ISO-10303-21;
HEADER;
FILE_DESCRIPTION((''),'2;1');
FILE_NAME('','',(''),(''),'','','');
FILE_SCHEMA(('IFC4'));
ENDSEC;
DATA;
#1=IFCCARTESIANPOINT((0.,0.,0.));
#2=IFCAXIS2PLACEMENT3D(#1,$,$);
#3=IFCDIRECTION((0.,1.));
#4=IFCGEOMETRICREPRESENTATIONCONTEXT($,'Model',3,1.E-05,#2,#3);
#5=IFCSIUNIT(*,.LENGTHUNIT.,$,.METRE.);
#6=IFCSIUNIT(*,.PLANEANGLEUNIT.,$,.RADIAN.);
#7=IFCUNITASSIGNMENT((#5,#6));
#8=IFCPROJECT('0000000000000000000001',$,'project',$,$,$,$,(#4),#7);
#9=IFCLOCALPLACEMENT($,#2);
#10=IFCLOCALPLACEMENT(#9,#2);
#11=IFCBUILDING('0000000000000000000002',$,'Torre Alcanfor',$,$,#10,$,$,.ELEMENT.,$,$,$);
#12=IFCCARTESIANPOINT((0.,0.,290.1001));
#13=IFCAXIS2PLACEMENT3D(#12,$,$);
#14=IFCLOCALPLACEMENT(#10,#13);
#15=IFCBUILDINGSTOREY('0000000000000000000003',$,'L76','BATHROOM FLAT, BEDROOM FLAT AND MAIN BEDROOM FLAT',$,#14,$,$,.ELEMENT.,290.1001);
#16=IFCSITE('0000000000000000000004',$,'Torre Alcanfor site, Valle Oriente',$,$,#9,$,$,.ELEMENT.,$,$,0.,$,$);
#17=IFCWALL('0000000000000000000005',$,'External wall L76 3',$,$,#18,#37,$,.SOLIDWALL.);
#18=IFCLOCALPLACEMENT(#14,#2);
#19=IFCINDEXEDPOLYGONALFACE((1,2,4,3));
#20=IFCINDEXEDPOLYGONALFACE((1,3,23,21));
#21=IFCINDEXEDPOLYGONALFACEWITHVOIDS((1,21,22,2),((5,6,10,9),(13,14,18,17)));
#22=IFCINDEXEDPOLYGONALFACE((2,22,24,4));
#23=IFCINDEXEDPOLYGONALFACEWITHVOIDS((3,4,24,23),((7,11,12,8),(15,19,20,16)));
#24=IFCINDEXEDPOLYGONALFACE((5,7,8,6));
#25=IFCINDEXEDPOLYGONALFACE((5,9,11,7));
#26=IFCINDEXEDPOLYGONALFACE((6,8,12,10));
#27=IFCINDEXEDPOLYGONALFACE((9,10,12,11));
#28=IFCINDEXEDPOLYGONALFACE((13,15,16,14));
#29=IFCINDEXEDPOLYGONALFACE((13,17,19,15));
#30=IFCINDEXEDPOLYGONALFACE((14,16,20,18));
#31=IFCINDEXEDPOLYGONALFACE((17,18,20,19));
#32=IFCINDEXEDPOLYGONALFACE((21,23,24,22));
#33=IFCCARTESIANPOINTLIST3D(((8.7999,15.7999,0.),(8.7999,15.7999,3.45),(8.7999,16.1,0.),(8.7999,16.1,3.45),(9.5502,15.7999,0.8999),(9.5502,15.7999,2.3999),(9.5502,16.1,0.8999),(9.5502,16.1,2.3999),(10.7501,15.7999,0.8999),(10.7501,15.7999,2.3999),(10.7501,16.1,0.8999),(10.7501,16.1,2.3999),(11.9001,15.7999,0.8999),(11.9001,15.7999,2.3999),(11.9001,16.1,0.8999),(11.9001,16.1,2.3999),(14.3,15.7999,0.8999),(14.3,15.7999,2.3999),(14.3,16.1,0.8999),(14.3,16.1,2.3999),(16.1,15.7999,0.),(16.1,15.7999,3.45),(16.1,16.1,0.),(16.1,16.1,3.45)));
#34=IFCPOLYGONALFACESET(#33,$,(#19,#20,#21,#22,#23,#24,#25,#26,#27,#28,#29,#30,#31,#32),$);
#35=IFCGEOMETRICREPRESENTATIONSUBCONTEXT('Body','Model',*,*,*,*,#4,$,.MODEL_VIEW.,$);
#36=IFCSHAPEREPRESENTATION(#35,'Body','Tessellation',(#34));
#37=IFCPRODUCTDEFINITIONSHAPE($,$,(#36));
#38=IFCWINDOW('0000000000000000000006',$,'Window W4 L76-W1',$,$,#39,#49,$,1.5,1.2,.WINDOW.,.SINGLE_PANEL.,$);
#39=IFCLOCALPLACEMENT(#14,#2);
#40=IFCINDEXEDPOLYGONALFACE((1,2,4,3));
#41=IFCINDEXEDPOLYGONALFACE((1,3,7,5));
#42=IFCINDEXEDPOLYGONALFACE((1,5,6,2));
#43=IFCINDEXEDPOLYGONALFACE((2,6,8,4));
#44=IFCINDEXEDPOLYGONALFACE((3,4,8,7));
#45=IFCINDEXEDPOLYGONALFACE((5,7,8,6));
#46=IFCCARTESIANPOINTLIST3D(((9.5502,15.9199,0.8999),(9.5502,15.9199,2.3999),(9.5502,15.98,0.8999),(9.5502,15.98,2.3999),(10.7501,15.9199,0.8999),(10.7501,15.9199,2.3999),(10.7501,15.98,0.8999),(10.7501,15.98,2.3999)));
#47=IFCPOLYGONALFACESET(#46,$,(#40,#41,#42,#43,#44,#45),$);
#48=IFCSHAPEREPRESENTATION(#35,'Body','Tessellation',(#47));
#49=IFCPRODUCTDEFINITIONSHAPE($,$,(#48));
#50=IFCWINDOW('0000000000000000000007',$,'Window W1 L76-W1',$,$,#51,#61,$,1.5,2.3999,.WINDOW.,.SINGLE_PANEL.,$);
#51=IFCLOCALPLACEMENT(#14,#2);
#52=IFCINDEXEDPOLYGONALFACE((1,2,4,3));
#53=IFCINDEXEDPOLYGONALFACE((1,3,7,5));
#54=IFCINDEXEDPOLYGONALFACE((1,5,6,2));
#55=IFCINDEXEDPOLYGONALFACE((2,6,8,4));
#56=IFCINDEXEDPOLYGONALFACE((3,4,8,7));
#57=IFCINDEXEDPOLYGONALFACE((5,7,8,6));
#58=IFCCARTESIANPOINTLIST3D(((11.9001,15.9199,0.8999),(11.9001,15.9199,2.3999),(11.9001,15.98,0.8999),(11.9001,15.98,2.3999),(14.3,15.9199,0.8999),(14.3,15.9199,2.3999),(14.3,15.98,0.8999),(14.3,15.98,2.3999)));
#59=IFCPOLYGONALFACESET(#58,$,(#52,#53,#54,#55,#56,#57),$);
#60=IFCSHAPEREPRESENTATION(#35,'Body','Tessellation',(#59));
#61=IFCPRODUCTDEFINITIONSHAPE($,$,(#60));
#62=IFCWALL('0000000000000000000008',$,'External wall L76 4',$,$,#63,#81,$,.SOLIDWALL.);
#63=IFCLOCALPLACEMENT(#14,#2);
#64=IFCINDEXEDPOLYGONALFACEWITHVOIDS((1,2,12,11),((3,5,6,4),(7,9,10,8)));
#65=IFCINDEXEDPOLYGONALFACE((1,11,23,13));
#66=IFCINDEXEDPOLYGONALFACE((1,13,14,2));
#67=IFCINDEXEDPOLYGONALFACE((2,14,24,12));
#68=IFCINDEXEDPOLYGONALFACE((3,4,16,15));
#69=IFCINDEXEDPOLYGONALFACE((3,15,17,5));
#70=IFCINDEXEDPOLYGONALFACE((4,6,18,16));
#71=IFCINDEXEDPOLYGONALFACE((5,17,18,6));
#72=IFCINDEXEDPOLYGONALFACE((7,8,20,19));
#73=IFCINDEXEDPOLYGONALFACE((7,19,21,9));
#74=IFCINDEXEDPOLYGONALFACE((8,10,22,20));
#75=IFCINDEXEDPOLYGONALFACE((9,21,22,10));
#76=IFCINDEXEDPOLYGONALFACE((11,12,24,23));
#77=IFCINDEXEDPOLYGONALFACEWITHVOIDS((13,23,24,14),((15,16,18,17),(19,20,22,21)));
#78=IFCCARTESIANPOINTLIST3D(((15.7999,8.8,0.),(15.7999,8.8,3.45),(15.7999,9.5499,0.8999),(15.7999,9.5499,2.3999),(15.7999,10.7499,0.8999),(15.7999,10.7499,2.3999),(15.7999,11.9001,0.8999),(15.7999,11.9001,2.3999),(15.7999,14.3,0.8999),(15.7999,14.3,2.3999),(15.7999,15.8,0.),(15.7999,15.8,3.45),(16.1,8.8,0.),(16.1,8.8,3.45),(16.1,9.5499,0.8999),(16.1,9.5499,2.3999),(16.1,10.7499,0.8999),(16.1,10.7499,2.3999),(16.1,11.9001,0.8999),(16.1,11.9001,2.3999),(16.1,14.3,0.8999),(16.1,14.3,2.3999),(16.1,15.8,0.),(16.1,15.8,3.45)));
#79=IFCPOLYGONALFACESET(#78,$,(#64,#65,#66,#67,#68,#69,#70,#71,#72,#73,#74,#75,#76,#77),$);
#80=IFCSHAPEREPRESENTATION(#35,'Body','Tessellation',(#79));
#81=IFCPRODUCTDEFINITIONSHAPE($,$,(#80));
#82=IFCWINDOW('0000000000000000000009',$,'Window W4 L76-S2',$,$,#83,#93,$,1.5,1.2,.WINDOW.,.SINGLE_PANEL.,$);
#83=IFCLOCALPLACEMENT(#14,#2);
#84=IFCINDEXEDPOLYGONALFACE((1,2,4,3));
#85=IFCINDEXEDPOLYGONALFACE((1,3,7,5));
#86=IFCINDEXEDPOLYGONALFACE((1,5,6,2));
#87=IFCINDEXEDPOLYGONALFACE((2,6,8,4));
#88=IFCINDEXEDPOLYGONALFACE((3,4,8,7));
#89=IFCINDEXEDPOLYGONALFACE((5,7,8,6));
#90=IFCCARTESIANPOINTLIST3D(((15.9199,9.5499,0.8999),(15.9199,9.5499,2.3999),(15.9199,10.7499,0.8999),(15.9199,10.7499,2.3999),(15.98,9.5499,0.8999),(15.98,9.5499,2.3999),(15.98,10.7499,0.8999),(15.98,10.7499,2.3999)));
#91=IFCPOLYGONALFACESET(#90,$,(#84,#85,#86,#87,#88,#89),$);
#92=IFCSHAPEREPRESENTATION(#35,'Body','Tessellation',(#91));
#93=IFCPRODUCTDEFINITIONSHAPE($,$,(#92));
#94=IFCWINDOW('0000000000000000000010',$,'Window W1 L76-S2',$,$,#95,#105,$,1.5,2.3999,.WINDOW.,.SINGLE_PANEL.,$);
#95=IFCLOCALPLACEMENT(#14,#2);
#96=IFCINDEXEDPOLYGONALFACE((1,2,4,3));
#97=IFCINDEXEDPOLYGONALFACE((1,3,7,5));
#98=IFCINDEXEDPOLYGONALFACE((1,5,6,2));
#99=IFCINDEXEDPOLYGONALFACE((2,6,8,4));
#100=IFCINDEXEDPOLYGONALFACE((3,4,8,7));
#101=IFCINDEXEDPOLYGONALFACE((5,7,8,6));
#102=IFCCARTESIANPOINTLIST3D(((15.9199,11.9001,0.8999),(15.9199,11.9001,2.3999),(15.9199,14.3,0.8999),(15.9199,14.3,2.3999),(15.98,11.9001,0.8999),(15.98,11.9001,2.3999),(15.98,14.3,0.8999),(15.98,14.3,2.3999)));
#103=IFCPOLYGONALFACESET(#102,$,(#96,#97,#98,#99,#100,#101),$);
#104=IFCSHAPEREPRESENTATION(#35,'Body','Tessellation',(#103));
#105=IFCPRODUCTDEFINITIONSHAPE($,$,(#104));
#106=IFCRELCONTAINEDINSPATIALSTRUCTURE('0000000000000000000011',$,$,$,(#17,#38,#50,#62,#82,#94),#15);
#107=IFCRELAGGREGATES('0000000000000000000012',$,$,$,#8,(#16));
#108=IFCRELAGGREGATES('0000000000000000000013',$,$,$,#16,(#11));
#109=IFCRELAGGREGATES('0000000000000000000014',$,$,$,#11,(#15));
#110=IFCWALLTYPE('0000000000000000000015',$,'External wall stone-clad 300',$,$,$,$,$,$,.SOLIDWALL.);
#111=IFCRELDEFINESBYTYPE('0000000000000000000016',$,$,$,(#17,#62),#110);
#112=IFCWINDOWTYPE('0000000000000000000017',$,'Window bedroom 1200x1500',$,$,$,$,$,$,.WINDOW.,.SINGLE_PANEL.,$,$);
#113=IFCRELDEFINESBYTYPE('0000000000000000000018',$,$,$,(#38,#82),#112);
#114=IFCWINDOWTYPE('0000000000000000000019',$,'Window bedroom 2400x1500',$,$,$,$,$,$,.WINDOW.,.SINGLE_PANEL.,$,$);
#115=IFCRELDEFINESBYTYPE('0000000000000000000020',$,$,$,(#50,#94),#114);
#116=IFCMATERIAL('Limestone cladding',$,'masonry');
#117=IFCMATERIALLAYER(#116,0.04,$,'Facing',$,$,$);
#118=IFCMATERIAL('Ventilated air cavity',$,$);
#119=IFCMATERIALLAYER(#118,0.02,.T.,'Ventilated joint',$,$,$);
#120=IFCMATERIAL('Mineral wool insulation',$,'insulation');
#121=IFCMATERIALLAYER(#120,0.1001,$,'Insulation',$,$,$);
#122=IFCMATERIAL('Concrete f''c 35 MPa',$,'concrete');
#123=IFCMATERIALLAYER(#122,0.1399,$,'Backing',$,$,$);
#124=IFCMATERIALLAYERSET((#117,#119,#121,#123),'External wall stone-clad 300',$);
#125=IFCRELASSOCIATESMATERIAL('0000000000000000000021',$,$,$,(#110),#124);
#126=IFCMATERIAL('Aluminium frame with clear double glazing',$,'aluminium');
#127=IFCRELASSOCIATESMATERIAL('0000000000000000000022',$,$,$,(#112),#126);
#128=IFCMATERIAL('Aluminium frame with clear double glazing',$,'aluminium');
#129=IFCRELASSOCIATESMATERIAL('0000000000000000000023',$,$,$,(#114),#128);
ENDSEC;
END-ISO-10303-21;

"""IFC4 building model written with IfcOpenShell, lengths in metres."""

from ifc_helpers import new_model, si_unit, direction, frame, frame_2d, origin, place, context, subcontext, project, spatial, rectangle, extrude, material, layer, layer_set, type_object, element, fill, save


model = new_model("IFC4")

# Units and contexts
model_context = context("Model", 3, precision=1e-05, world=origin(), true_north=direction((0.0, 1.0)))
body_context = subcontext(model_context, "Body", "Model", "MODEL_VIEW")
ifc_project = project(units=[si_unit("LENGTHUNIT", "METRE"), si_unit("PLANEANGLEUNIT", "RADIAN")], contexts=[model_context])

# Site, building, storey
site_placement = place(None, origin())
site = spatial("IfcSite", under=ifc_project, at=site_placement, Name="Torre Alcanfor site, Valle Oriente", CompositionType="ELEMENT", RefElevation=0.0)
building_placement = place(site_placement, origin())
building = spatial("IfcBuilding", under=site, at=building_placement, Name="Torre Alcanfor", CompositionType="ELEMENT")
storey_placement = place(building_placement, frame((0.0, 0.0, 290.1001)))
storey = spatial("IfcBuildingStorey", under=building, at=storey_placement, Name="L76", Description="BATHROOM FLAT, BEDROOM FLAT AND MAIN BEDROOM FLAT", CompositionType="ELEMENT", Elevation=290.1001)

# Walls, openings, windows
ifc_material_1 = material(Name="Limestone cladding", Category="masonry")
ifc_layer_1 = layer(ifc_material_1, 0.04, Name="Facing")
ifc_material_2 = material(Name="Ventilated air cavity")
ifc_layer_2 = layer(ifc_material_2, 0.02, ventilated=True, Name="Ventilated joint")
ifc_material_3 = material(Name="Mineral wool insulation", Category="insulation")
ifc_layer_3 = layer(ifc_material_3, 0.1001, Name="Insulation")
ifc_material_4 = material(Name="Concrete f'c 35 MPa", Category="concrete")
ifc_layer_4 = layer(ifc_material_4, 0.1399, Name="Backing")
ifc_layer_set_1 = layer_set([ifc_layer_1, ifc_layer_2, ifc_layer_3, ifc_layer_4], Name="External wall stone-clad 300")
wall_type_1 = type_object("IfcWallType", Name="External wall stone-clad 300", PredefinedType="SOLIDWALL", material=ifc_layer_set_1)
wall_1_placement = place(storey_placement, frame((8.8, 15.95, 0.0), z_axis=(0.0, 0.0, 1.0), x_axis=(1.0, 0.0, 0.0)))
wall_1 = element("IfcWall", 1, at=wall_1_placement, inside=storey, type_object=wall_type_1, Name="External wall L76 3", PredefinedType="SOLIDWALL", context=body_context, shape_type="SweptSolid", body=[
    extrude(rectangle(XDim=7.3, YDim=0.3, at=frame_2d((3.6499, 0.0))), origin(), (0.0, 0.0, 1.0), 3.45),
])
opening_1_placement = place(wall_1_placement, frame((3.1001, 0.0, 0.8999)))
opening_1 = element("IfcOpeningElement", 2, at=opening_1_placement, cuts=wall_1, PredefinedType="OPENING", context=body_context, shape_type="SweptSolid", body=[
    extrude(rectangle(XDim=2.3999, YDim=1.5, at=frame_2d((1.2, 0.75))), frame((0.0, 0.1599, 0.0), z_axis=(0.0, -1.0, 0.0), x_axis=(1.0, 0.0, 0.0)), (0.0, 0.0, 1.0), 0.3201),
])
opening_2_placement = place(wall_1_placement, frame((0.75, 0.0, 0.8999)))
opening_2 = element("IfcOpeningElement", 3, at=opening_2_placement, cuts=wall_1, PredefinedType="OPENING", context=body_context, shape_type="SweptSolid", body=[
    extrude(rectangle(XDim=1.2, YDim=1.5, at=frame_2d((0.6001, 0.75))), frame((0.0, 0.1599, 0.0), z_axis=(0.0, -1.0, 0.0), x_axis=(1.0, 0.0, 0.0)), (0.0, 0.0, 1.0), 0.3201),
])
ifc_material_5 = material(Name="Aluminium frame with clear double glazing", Category="aluminium")
window_type_1 = type_object("IfcWindowType", Name="Window bedroom 1200x1500", PartitioningType="SINGLE_PANEL", PredefinedType="WINDOW", material=ifc_material_5)
window_1_placement = place(opening_2_placement, origin())
window_1 = element("IfcWindow", 4, at=window_1_placement, inside=storey, type_object=window_type_1, Name="Window W4 L76-W1", OverallHeight=1.5, OverallWidth=1.2, PartitioningType="SINGLE_PANEL", PredefinedType="WINDOW", context=body_context, shape_type="SweptSolid", body=[
    extrude(rectangle(XDim=1.2, YDim=1.5, at=frame_2d((0.6001, 0.75))), frame((0.0, 0.03, 0.0), z_axis=(0.0, -1.0, 0.0), x_axis=(1.0, 0.0, 0.0)), (0.0, 0.0, 1.0), 0.0601),
])
fill(opening_2, window_1)
ifc_material_6 = material(Name="Aluminium frame with clear double glazing", Category="aluminium")
window_type_2 = type_object("IfcWindowType", Name="Window bedroom 2400x1500", PartitioningType="SINGLE_PANEL", PredefinedType="WINDOW", material=ifc_material_6)
window_2_placement = place(opening_1_placement, origin())
window_2 = element("IfcWindow", 5, at=window_2_placement, inside=storey, type_object=window_type_2, Name="Window W1 L76-W1", OverallHeight=1.5, OverallWidth=2.3999, PartitioningType="SINGLE_PANEL", PredefinedType="WINDOW", context=body_context, shape_type="SweptSolid", body=[
    extrude(rectangle(XDim=2.3999, YDim=1.5, at=frame_2d((1.2, 0.75))), frame((0.0, 0.03, 0.0), z_axis=(0.0, -1.0, 0.0), x_axis=(1.0, 0.0, 0.0)), (0.0, 0.0, 1.0), 0.0601),
])
fill(opening_1, window_2)
wall_2_placement = place(storey_placement, frame((15.95, 15.8, 0.0), z_axis=(0.0, 0.0, 1.0), x_axis=(0.0, -1.0, 0.0)))
wall_2 = element("IfcWall", 6, at=wall_2_placement, inside=storey, type_object=wall_type_1, Name="External wall L76 4", PredefinedType="SOLIDWALL", context=body_context, shape_type="SweptSolid", body=[
    extrude(rectangle(XDim=7.0, YDim=0.3, at=frame_2d((3.5, 0.0))), origin(), (0.0, 0.0, 1.0), 3.45),
])
opening_3_placement = place(wall_2_placement, frame((1.5, 0.0, 0.8999)))
opening_3 = element("IfcOpeningElement", 7, at=opening_3_placement, cuts=wall_2, PredefinedType="OPENING", context=body_context, shape_type="SweptSolid", body=[
    extrude(rectangle(XDim=2.3999, YDim=1.5, at=frame_2d((1.2, 0.75))), frame((0.0, 0.1599, 0.0), z_axis=(0.0, -1.0, 0.0), x_axis=(1.0, 0.0, 0.0)), (0.0, 0.0, 1.0), 0.3201),
])
opening_4_placement = place(wall_2_placement, frame((5.05, 0.0, 0.8999)))
opening_4 = element("IfcOpeningElement", 8, at=opening_4_placement, cuts=wall_2, PredefinedType="OPENING", context=body_context, shape_type="SweptSolid", body=[
    extrude(rectangle(XDim=1.2, YDim=1.5, at=frame_2d((0.6001, 0.75))), frame((0.0, 0.1599, 0.0), z_axis=(0.0, -1.0, 0.0), x_axis=(1.0, 0.0, 0.0)), (0.0, 0.0, 1.0), 0.3201),
])
window_3_placement = place(opening_4_placement, origin())
window_3 = element("IfcWindow", 9, at=window_3_placement, inside=storey, type_object=window_type_1, Name="Window W4 L76-S2", OverallHeight=1.5, OverallWidth=1.2, PartitioningType="SINGLE_PANEL", PredefinedType="WINDOW", context=body_context, shape_type="SweptSolid", body=[
    extrude(rectangle(XDim=1.2, YDim=1.5, at=frame_2d((0.6001, 0.75))), frame((0.0, 0.03, 0.0), z_axis=(0.0, -1.0, 0.0), x_axis=(1.0, 0.0, 0.0)), (0.0, 0.0, 1.0), 0.0601),
])
fill(opening_4, window_3)
window_4_placement = place(opening_3_placement, origin())
window_4 = element("IfcWindow", 10, at=window_4_placement, inside=storey, type_object=window_type_2, Name="Window W1 L76-S2", OverallHeight=1.5, OverallWidth=2.3999, PartitioningType="SINGLE_PANEL", PredefinedType="WINDOW", context=body_context, shape_type="SweptSolid", body=[
    extrude(rectangle(XDim=2.3999, YDim=1.5, at=frame_2d((1.2, 0.75))), frame((0.0, 0.03, 0.0), z_axis=(0.0, -1.0, 0.0), x_axis=(1.0, 0.0, 0.0)), (0.0, 0.0, 1.0), 0.0601),
])
fill(opening_3, window_4)

save(model, "model.ifc")
